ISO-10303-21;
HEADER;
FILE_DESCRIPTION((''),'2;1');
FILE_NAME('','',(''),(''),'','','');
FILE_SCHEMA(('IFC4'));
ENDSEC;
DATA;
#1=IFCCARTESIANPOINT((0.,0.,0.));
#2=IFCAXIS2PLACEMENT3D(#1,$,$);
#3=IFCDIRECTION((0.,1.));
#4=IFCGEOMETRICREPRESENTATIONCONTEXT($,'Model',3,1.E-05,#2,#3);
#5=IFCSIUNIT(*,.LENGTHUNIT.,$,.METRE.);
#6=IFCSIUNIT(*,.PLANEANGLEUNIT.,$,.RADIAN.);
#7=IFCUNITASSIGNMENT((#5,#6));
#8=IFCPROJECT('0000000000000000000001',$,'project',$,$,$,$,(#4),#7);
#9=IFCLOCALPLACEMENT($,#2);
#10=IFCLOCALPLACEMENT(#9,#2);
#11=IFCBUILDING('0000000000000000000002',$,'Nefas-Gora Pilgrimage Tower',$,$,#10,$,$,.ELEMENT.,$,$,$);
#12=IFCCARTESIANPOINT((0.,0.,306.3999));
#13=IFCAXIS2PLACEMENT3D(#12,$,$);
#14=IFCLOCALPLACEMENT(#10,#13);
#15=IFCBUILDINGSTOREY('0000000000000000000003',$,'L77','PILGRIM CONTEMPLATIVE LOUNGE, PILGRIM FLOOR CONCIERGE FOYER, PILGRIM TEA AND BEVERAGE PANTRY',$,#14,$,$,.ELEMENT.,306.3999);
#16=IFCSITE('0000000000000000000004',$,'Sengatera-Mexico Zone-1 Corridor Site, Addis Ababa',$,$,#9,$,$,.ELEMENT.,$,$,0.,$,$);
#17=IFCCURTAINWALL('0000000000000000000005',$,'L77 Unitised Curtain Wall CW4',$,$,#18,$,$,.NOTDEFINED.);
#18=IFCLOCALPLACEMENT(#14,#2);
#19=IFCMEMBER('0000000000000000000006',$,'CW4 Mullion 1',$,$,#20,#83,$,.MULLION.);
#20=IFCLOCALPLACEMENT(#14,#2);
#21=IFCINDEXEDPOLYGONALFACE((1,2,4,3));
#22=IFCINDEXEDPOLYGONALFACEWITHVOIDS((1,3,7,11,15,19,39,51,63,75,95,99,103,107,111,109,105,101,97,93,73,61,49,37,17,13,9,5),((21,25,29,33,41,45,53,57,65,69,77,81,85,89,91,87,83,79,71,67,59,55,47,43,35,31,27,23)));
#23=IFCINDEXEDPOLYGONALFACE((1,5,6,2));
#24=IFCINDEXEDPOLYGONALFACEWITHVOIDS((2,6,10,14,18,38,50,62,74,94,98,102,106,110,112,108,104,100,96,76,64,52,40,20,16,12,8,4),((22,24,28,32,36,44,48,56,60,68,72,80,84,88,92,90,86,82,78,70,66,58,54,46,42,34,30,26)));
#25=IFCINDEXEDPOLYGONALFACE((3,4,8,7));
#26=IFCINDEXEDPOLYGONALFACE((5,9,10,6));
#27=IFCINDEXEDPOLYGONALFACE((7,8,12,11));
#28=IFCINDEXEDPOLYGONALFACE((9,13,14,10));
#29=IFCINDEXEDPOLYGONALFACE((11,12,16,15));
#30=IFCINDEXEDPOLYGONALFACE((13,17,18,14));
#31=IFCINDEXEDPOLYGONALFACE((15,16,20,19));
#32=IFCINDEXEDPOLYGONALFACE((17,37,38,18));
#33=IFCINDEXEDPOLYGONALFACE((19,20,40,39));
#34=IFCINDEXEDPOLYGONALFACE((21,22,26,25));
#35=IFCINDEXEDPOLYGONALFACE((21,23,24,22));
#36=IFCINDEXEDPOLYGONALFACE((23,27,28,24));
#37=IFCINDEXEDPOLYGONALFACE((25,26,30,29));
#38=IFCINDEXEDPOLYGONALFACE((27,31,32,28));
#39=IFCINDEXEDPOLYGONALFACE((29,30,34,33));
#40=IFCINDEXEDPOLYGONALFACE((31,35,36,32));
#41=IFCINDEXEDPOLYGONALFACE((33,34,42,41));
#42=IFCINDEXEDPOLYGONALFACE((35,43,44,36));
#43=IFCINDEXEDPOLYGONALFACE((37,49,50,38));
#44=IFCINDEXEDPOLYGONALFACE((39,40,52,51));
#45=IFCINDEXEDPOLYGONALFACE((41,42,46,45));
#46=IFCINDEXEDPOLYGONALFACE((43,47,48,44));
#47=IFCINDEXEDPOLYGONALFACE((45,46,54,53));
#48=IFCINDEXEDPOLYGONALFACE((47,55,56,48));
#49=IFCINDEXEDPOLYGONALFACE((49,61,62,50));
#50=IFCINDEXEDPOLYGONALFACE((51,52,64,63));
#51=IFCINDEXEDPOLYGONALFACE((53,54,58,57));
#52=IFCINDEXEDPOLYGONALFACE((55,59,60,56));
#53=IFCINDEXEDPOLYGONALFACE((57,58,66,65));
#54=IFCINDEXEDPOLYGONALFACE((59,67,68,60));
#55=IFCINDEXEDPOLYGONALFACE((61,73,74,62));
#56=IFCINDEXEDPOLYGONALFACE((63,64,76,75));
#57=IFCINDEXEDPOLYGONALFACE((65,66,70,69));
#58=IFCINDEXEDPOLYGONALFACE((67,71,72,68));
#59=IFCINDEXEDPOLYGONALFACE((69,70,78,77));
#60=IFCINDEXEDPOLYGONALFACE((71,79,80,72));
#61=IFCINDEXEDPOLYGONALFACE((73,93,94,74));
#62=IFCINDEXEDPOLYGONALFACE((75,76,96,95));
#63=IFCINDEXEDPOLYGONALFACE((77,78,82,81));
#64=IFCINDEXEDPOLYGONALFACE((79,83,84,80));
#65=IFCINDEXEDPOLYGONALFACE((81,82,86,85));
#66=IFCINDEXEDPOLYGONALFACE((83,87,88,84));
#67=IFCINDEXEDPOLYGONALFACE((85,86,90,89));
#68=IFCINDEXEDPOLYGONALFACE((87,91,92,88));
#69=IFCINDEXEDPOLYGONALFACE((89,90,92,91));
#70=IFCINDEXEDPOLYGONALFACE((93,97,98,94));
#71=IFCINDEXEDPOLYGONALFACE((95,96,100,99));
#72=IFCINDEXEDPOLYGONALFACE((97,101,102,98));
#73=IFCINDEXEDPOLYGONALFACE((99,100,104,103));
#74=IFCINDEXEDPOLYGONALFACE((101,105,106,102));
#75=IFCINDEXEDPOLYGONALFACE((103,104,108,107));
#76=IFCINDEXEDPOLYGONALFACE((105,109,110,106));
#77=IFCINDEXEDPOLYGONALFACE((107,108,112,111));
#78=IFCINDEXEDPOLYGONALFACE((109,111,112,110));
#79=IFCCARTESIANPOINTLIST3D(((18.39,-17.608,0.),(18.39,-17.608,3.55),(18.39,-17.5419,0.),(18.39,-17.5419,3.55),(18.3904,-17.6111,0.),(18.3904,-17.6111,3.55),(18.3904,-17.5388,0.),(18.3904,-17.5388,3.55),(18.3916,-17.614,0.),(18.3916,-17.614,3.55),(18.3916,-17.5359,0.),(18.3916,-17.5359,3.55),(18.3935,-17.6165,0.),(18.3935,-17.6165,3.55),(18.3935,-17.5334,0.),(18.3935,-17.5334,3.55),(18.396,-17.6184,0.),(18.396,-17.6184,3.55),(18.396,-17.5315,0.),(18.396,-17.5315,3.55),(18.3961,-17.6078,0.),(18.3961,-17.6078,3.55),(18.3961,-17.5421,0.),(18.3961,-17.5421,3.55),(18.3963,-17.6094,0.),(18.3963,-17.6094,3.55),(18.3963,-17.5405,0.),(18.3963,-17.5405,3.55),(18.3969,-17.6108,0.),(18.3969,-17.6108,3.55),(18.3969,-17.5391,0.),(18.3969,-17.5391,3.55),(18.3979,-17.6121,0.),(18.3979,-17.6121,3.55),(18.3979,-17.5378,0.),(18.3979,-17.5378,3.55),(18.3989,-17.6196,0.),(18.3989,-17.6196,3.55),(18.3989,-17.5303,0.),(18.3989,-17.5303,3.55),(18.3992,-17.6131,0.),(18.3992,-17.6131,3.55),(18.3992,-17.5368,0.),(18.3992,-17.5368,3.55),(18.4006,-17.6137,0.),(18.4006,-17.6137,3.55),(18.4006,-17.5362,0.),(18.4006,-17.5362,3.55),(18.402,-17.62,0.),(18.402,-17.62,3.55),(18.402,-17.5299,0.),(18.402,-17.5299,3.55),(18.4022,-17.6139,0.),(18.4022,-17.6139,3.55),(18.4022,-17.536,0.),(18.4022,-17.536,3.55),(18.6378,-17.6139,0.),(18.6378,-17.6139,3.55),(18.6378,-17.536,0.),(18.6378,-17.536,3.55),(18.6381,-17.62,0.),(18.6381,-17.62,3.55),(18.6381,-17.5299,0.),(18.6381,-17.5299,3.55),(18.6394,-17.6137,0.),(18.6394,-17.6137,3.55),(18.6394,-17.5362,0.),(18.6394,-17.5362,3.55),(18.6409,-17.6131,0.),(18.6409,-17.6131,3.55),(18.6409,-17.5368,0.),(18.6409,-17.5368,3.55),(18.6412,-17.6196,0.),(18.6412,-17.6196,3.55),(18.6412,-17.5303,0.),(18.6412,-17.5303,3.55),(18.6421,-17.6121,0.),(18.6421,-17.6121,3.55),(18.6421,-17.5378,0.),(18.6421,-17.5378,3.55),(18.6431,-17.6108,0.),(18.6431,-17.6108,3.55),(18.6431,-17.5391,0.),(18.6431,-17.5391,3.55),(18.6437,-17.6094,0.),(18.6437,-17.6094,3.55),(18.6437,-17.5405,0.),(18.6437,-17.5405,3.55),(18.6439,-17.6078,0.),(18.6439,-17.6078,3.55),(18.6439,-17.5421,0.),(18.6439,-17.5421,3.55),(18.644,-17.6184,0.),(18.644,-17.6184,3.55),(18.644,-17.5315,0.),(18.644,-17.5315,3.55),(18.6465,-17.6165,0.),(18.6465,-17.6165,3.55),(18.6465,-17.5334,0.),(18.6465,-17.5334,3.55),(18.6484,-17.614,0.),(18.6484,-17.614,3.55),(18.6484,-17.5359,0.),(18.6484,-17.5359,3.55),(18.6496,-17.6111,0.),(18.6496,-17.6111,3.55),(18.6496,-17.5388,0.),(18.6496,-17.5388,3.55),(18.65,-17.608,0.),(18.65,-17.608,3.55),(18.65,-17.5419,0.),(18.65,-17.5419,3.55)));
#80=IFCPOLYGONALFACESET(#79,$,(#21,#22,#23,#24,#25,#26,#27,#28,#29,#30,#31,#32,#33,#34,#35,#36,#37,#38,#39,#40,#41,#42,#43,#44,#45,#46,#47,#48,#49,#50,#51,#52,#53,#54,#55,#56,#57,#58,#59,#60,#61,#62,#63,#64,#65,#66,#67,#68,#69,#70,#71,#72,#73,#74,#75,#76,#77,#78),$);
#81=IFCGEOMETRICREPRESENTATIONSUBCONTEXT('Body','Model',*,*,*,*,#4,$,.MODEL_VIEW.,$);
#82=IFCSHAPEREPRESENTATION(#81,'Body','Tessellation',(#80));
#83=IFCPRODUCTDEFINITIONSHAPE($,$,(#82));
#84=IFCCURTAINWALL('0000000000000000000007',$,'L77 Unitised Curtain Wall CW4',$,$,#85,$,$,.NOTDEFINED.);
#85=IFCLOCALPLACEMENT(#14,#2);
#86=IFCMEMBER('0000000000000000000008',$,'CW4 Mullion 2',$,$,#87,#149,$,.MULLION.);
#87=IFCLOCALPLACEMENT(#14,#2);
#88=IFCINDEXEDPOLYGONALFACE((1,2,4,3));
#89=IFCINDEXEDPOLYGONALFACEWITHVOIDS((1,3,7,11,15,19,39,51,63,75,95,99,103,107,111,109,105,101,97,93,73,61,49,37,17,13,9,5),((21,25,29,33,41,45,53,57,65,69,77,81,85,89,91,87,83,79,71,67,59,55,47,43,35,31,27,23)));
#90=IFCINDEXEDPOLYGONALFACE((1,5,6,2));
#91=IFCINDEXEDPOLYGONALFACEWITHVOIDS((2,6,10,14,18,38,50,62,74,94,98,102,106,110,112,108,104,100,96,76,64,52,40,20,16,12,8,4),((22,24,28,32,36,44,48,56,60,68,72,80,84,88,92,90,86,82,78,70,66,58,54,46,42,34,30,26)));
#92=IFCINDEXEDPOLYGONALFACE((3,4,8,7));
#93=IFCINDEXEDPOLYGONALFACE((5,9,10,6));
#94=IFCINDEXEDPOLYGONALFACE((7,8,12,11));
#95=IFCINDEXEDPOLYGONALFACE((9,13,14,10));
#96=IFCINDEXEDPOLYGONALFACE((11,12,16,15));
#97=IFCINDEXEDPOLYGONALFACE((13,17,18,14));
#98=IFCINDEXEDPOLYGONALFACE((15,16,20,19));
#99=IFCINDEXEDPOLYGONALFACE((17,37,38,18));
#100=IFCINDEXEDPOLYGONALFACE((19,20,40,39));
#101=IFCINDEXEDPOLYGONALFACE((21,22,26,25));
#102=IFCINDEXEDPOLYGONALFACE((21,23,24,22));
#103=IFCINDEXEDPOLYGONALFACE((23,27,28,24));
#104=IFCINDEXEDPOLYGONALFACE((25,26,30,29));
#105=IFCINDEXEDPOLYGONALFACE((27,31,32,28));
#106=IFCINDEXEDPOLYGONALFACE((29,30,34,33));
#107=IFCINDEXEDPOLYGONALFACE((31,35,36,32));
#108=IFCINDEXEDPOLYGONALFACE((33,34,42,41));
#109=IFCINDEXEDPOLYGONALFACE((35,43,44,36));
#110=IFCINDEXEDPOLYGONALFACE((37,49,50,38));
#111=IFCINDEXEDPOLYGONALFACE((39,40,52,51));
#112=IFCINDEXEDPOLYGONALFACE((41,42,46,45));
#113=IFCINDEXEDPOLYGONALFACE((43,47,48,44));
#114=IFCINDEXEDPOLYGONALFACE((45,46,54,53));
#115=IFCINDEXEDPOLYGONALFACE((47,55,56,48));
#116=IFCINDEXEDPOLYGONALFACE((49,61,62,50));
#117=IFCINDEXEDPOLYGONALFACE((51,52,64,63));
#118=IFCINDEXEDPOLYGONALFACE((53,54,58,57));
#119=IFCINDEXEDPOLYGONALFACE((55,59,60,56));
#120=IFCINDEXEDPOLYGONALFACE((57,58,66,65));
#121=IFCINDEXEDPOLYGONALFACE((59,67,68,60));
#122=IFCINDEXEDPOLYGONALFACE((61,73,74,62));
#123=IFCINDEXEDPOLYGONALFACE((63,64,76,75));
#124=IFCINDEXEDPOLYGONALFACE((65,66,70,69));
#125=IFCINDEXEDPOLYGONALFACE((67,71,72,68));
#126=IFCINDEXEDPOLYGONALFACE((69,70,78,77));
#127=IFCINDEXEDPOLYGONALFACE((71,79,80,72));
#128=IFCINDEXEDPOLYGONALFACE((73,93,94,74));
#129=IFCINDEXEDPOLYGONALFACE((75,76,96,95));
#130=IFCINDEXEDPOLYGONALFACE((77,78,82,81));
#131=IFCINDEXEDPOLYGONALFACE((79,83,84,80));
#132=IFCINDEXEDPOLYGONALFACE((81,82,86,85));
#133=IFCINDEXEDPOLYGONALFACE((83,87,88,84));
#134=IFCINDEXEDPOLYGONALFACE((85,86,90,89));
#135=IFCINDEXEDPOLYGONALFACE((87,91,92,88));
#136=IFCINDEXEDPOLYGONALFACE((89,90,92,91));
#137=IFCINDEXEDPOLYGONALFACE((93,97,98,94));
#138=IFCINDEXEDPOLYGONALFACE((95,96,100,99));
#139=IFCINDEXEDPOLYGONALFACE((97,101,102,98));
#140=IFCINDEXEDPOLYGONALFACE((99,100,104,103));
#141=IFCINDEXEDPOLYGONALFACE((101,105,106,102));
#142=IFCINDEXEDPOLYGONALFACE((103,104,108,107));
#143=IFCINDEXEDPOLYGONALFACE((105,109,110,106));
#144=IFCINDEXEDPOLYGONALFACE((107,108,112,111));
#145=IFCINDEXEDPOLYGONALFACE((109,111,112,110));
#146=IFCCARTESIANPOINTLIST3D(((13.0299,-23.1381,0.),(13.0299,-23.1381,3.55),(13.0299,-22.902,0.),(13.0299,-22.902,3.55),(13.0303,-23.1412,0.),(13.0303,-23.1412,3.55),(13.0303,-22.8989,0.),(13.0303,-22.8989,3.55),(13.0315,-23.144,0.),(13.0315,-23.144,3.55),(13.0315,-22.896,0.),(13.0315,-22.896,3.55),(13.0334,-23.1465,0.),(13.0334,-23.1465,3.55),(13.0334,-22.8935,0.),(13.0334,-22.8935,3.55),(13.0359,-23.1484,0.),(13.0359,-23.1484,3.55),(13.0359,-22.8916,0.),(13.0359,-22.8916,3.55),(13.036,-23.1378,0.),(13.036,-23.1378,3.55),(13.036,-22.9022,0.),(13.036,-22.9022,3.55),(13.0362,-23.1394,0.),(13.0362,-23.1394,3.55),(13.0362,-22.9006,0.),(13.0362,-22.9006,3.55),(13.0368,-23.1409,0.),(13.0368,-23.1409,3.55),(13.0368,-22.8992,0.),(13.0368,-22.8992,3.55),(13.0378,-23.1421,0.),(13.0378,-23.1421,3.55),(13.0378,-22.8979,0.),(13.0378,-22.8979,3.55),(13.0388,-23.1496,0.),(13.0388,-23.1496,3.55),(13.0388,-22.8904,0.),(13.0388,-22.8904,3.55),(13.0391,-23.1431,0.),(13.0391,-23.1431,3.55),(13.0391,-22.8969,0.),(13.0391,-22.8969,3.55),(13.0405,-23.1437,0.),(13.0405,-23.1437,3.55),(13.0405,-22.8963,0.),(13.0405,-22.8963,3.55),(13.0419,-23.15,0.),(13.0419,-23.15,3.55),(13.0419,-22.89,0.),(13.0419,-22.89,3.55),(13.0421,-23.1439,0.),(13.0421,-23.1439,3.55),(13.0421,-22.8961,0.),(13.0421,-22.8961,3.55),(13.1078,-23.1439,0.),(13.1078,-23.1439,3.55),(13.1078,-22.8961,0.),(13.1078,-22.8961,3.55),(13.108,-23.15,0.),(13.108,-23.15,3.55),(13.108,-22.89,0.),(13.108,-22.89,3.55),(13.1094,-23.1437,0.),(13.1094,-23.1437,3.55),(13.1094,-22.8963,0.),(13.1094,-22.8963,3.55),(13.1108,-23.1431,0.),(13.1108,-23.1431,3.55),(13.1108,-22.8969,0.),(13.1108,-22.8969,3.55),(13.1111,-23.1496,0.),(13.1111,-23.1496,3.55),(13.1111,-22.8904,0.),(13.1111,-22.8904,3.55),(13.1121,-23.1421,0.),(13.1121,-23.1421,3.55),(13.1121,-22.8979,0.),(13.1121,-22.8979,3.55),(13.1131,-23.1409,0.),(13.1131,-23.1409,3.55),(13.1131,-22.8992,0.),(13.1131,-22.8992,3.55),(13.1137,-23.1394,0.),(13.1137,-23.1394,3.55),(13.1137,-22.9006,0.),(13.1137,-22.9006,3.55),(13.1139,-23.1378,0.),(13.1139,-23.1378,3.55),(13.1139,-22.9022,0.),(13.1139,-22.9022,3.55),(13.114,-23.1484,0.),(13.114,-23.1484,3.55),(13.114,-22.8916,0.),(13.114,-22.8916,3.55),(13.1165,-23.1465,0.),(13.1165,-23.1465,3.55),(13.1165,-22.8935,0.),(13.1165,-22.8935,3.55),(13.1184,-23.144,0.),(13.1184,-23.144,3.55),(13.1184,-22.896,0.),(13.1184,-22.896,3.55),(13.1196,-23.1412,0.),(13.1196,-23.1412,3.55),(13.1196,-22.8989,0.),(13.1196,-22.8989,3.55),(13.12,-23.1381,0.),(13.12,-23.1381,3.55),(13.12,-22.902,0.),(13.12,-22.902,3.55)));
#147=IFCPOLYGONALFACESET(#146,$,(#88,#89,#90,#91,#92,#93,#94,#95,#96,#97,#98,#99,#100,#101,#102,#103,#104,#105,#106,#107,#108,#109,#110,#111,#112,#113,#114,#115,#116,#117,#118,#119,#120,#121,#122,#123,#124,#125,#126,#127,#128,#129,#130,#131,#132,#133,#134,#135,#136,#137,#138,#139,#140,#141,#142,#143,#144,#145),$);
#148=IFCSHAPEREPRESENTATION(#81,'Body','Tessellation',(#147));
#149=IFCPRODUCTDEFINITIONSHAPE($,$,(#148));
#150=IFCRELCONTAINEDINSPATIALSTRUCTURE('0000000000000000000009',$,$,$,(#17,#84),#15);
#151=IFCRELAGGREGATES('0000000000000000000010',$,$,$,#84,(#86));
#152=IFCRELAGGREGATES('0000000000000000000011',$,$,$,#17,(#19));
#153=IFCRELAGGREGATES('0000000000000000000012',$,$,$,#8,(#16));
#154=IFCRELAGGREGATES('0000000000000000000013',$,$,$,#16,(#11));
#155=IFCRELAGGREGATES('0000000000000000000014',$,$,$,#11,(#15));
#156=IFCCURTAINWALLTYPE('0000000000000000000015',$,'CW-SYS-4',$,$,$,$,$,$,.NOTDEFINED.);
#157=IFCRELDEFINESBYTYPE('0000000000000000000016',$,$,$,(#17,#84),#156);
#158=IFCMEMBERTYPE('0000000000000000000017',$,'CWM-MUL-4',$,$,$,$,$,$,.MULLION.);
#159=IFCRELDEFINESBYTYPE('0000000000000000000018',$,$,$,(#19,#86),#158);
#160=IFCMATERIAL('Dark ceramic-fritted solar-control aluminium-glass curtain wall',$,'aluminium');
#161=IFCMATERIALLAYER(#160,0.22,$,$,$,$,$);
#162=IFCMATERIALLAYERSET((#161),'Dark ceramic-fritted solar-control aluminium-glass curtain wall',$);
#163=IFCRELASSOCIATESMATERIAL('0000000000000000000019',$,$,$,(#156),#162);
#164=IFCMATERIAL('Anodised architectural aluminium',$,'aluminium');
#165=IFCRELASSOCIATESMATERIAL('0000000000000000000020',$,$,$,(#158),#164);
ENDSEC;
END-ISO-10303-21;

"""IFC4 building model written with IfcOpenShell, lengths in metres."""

from ifc_helpers import new_model, si_unit, direction, frame, origin, origin_2d, place, context, subcontext, project, spatial, hollow_rectangle, extrude, source, transform, mapped, material, layer, layer_set, material_profile, profile_set, type_object, element, aggregate, save


model = new_model("IFC4")

# Units and contexts
model_context = context("Model", 3, precision=1e-05, world=origin(), true_north=direction((0.0, 1.0)))
body_context = subcontext(model_context, "Body", "Model", "MODEL_VIEW")
ifc_project = project(units=[si_unit("LENGTHUNIT", "METRE"), si_unit("PLANEANGLEUNIT", "RADIAN")], contexts=[model_context])

# Site, building, storey
site_placement = place(None, origin())
site = spatial("IfcSite", under=ifc_project, at=site_placement, Name="Sengatera-Mexico Zone-1 Corridor Site, Addis Ababa", CompositionType="ELEMENT", RefElevation=0.0)
building_placement = place(site_placement, origin())
building = spatial("IfcBuilding", under=site, at=building_placement, Name="Nefas-Gora Pilgrimage Tower", CompositionType="ELEMENT")
storey_placement = place(building_placement, frame((0.0, 0.0, 306.3999)))
storey = spatial("IfcBuildingStorey", under=building, at=storey_placement, Name="L77", Description="PILGRIM CONTEMPLATIVE LOUNGE, PILGRIM FLOOR CONCIERGE FOYER, PILGRIM TEA AND BEVERAGE PANTRY", CompositionType="ELEMENT", Elevation=306.3999)

# Curtain walls, members
ifc_material_1 = material(Name="Dark ceramic-fritted solar-control aluminium-glass curtain wall", Category="aluminium")
ifc_layer_1 = layer(ifc_material_1, 0.22)
ifc_layer_set_1 = layer_set([ifc_layer_1], Name="Dark ceramic-fritted solar-control aluminium-glass curtain wall")
curtain_wall_type = type_object("IfcCurtainWallType", Name="CW-SYS-4", PredefinedType="NOTDEFINED", material=ifc_layer_set_1)
curtain_wall_1_placement = place(storey_placement, origin())
curtain_wall_1 = element("IfcCurtainWall", 1, at=curtain_wall_1_placement, inside=storey, type_object=curtain_wall_type, Name="L77 Unitised Curtain Wall CW4", PredefinedType="NOTDEFINED")
ifc_material_2 = material(Name="Anodised architectural aluminium", Category="aluminium")
ifc_material_profile_1 = material_profile(ifc_material_2, hollow_rectangle(XDim=0.0901, YDim=0.26, WallThickness=0.0061, InnerFilletRadius=0.0061, OuterFilletRadius=0.012, at=origin_2d()), Name="ALU MULLION 90x260")
ifc_profile_set_1 = profile_set([ifc_material_profile_1], Name="Anodised architectural aluminium")
member_type_1 = type_object("IfcMemberType", Name="CWM-MUL-4", PredefinedType="MULLION", material=ifc_profile_set_1)
shared_shape_1 = source(origin(), body_context, "Body", "SweptSolid", [
    extrude(hollow_rectangle(XDim=0.0901, YDim=0.26, WallThickness=0.0061, InnerFilletRadius=0.0061, OuterFilletRadius=0.012, at=origin_2d()), origin(), (0.0, 0.0, 1.0), 3.55),
])
member_1_placement = place(storey_placement, frame((18.52, -17.575, 0.0), z_axis=(0.0, 0.0, 1.0), x_axis=(0.0, 1.0, 0.0)))
member_1 = element("IfcMember", 2, at=member_1_placement, type_object=member_type_1, Name="CW4 Mullion 1", PredefinedType="MULLION", context=body_context, shape_type="MappedRepresentation", body=[
    mapped(shared_shape_1, transform((0.0, 0.0, 0.0), x_axis=(1.0, 0.0, 0.0), y_axis=(0.0, 1.0, 0.0), z_axis=(0.0, 0.0, 1.0), scale=1.0)),
])
curtain_wall_2_placement = place(storey_placement, origin())
curtain_wall_2 = element("IfcCurtainWall", 3, at=curtain_wall_2_placement, inside=storey, type_object=curtain_wall_type, Name="L77 Unitised Curtain Wall CW4", PredefinedType="NOTDEFINED")
member_2_placement = place(storey_placement, frame((13.075, -23.02, 0.0), z_axis=(0.0, 0.0, 1.0), x_axis=(1.0, 0.0, 0.0)))
member_2 = element("IfcMember", 4, at=member_2_placement, type_object=member_type_1, Name="CW4 Mullion 2", PredefinedType="MULLION", context=body_context, shape_type="MappedRepresentation", body=[
    mapped(shared_shape_1, transform((0.0, 0.0, 0.0), x_axis=(1.0, 0.0, 0.0), y_axis=(0.0, 1.0, 0.0), z_axis=(0.0, 0.0, 1.0), scale=1.0)),
])
aggregate(curtain_wall_2, [member_2])

aggregate(curtain_wall_1, [member_1])

save(model, "model.ifc")
